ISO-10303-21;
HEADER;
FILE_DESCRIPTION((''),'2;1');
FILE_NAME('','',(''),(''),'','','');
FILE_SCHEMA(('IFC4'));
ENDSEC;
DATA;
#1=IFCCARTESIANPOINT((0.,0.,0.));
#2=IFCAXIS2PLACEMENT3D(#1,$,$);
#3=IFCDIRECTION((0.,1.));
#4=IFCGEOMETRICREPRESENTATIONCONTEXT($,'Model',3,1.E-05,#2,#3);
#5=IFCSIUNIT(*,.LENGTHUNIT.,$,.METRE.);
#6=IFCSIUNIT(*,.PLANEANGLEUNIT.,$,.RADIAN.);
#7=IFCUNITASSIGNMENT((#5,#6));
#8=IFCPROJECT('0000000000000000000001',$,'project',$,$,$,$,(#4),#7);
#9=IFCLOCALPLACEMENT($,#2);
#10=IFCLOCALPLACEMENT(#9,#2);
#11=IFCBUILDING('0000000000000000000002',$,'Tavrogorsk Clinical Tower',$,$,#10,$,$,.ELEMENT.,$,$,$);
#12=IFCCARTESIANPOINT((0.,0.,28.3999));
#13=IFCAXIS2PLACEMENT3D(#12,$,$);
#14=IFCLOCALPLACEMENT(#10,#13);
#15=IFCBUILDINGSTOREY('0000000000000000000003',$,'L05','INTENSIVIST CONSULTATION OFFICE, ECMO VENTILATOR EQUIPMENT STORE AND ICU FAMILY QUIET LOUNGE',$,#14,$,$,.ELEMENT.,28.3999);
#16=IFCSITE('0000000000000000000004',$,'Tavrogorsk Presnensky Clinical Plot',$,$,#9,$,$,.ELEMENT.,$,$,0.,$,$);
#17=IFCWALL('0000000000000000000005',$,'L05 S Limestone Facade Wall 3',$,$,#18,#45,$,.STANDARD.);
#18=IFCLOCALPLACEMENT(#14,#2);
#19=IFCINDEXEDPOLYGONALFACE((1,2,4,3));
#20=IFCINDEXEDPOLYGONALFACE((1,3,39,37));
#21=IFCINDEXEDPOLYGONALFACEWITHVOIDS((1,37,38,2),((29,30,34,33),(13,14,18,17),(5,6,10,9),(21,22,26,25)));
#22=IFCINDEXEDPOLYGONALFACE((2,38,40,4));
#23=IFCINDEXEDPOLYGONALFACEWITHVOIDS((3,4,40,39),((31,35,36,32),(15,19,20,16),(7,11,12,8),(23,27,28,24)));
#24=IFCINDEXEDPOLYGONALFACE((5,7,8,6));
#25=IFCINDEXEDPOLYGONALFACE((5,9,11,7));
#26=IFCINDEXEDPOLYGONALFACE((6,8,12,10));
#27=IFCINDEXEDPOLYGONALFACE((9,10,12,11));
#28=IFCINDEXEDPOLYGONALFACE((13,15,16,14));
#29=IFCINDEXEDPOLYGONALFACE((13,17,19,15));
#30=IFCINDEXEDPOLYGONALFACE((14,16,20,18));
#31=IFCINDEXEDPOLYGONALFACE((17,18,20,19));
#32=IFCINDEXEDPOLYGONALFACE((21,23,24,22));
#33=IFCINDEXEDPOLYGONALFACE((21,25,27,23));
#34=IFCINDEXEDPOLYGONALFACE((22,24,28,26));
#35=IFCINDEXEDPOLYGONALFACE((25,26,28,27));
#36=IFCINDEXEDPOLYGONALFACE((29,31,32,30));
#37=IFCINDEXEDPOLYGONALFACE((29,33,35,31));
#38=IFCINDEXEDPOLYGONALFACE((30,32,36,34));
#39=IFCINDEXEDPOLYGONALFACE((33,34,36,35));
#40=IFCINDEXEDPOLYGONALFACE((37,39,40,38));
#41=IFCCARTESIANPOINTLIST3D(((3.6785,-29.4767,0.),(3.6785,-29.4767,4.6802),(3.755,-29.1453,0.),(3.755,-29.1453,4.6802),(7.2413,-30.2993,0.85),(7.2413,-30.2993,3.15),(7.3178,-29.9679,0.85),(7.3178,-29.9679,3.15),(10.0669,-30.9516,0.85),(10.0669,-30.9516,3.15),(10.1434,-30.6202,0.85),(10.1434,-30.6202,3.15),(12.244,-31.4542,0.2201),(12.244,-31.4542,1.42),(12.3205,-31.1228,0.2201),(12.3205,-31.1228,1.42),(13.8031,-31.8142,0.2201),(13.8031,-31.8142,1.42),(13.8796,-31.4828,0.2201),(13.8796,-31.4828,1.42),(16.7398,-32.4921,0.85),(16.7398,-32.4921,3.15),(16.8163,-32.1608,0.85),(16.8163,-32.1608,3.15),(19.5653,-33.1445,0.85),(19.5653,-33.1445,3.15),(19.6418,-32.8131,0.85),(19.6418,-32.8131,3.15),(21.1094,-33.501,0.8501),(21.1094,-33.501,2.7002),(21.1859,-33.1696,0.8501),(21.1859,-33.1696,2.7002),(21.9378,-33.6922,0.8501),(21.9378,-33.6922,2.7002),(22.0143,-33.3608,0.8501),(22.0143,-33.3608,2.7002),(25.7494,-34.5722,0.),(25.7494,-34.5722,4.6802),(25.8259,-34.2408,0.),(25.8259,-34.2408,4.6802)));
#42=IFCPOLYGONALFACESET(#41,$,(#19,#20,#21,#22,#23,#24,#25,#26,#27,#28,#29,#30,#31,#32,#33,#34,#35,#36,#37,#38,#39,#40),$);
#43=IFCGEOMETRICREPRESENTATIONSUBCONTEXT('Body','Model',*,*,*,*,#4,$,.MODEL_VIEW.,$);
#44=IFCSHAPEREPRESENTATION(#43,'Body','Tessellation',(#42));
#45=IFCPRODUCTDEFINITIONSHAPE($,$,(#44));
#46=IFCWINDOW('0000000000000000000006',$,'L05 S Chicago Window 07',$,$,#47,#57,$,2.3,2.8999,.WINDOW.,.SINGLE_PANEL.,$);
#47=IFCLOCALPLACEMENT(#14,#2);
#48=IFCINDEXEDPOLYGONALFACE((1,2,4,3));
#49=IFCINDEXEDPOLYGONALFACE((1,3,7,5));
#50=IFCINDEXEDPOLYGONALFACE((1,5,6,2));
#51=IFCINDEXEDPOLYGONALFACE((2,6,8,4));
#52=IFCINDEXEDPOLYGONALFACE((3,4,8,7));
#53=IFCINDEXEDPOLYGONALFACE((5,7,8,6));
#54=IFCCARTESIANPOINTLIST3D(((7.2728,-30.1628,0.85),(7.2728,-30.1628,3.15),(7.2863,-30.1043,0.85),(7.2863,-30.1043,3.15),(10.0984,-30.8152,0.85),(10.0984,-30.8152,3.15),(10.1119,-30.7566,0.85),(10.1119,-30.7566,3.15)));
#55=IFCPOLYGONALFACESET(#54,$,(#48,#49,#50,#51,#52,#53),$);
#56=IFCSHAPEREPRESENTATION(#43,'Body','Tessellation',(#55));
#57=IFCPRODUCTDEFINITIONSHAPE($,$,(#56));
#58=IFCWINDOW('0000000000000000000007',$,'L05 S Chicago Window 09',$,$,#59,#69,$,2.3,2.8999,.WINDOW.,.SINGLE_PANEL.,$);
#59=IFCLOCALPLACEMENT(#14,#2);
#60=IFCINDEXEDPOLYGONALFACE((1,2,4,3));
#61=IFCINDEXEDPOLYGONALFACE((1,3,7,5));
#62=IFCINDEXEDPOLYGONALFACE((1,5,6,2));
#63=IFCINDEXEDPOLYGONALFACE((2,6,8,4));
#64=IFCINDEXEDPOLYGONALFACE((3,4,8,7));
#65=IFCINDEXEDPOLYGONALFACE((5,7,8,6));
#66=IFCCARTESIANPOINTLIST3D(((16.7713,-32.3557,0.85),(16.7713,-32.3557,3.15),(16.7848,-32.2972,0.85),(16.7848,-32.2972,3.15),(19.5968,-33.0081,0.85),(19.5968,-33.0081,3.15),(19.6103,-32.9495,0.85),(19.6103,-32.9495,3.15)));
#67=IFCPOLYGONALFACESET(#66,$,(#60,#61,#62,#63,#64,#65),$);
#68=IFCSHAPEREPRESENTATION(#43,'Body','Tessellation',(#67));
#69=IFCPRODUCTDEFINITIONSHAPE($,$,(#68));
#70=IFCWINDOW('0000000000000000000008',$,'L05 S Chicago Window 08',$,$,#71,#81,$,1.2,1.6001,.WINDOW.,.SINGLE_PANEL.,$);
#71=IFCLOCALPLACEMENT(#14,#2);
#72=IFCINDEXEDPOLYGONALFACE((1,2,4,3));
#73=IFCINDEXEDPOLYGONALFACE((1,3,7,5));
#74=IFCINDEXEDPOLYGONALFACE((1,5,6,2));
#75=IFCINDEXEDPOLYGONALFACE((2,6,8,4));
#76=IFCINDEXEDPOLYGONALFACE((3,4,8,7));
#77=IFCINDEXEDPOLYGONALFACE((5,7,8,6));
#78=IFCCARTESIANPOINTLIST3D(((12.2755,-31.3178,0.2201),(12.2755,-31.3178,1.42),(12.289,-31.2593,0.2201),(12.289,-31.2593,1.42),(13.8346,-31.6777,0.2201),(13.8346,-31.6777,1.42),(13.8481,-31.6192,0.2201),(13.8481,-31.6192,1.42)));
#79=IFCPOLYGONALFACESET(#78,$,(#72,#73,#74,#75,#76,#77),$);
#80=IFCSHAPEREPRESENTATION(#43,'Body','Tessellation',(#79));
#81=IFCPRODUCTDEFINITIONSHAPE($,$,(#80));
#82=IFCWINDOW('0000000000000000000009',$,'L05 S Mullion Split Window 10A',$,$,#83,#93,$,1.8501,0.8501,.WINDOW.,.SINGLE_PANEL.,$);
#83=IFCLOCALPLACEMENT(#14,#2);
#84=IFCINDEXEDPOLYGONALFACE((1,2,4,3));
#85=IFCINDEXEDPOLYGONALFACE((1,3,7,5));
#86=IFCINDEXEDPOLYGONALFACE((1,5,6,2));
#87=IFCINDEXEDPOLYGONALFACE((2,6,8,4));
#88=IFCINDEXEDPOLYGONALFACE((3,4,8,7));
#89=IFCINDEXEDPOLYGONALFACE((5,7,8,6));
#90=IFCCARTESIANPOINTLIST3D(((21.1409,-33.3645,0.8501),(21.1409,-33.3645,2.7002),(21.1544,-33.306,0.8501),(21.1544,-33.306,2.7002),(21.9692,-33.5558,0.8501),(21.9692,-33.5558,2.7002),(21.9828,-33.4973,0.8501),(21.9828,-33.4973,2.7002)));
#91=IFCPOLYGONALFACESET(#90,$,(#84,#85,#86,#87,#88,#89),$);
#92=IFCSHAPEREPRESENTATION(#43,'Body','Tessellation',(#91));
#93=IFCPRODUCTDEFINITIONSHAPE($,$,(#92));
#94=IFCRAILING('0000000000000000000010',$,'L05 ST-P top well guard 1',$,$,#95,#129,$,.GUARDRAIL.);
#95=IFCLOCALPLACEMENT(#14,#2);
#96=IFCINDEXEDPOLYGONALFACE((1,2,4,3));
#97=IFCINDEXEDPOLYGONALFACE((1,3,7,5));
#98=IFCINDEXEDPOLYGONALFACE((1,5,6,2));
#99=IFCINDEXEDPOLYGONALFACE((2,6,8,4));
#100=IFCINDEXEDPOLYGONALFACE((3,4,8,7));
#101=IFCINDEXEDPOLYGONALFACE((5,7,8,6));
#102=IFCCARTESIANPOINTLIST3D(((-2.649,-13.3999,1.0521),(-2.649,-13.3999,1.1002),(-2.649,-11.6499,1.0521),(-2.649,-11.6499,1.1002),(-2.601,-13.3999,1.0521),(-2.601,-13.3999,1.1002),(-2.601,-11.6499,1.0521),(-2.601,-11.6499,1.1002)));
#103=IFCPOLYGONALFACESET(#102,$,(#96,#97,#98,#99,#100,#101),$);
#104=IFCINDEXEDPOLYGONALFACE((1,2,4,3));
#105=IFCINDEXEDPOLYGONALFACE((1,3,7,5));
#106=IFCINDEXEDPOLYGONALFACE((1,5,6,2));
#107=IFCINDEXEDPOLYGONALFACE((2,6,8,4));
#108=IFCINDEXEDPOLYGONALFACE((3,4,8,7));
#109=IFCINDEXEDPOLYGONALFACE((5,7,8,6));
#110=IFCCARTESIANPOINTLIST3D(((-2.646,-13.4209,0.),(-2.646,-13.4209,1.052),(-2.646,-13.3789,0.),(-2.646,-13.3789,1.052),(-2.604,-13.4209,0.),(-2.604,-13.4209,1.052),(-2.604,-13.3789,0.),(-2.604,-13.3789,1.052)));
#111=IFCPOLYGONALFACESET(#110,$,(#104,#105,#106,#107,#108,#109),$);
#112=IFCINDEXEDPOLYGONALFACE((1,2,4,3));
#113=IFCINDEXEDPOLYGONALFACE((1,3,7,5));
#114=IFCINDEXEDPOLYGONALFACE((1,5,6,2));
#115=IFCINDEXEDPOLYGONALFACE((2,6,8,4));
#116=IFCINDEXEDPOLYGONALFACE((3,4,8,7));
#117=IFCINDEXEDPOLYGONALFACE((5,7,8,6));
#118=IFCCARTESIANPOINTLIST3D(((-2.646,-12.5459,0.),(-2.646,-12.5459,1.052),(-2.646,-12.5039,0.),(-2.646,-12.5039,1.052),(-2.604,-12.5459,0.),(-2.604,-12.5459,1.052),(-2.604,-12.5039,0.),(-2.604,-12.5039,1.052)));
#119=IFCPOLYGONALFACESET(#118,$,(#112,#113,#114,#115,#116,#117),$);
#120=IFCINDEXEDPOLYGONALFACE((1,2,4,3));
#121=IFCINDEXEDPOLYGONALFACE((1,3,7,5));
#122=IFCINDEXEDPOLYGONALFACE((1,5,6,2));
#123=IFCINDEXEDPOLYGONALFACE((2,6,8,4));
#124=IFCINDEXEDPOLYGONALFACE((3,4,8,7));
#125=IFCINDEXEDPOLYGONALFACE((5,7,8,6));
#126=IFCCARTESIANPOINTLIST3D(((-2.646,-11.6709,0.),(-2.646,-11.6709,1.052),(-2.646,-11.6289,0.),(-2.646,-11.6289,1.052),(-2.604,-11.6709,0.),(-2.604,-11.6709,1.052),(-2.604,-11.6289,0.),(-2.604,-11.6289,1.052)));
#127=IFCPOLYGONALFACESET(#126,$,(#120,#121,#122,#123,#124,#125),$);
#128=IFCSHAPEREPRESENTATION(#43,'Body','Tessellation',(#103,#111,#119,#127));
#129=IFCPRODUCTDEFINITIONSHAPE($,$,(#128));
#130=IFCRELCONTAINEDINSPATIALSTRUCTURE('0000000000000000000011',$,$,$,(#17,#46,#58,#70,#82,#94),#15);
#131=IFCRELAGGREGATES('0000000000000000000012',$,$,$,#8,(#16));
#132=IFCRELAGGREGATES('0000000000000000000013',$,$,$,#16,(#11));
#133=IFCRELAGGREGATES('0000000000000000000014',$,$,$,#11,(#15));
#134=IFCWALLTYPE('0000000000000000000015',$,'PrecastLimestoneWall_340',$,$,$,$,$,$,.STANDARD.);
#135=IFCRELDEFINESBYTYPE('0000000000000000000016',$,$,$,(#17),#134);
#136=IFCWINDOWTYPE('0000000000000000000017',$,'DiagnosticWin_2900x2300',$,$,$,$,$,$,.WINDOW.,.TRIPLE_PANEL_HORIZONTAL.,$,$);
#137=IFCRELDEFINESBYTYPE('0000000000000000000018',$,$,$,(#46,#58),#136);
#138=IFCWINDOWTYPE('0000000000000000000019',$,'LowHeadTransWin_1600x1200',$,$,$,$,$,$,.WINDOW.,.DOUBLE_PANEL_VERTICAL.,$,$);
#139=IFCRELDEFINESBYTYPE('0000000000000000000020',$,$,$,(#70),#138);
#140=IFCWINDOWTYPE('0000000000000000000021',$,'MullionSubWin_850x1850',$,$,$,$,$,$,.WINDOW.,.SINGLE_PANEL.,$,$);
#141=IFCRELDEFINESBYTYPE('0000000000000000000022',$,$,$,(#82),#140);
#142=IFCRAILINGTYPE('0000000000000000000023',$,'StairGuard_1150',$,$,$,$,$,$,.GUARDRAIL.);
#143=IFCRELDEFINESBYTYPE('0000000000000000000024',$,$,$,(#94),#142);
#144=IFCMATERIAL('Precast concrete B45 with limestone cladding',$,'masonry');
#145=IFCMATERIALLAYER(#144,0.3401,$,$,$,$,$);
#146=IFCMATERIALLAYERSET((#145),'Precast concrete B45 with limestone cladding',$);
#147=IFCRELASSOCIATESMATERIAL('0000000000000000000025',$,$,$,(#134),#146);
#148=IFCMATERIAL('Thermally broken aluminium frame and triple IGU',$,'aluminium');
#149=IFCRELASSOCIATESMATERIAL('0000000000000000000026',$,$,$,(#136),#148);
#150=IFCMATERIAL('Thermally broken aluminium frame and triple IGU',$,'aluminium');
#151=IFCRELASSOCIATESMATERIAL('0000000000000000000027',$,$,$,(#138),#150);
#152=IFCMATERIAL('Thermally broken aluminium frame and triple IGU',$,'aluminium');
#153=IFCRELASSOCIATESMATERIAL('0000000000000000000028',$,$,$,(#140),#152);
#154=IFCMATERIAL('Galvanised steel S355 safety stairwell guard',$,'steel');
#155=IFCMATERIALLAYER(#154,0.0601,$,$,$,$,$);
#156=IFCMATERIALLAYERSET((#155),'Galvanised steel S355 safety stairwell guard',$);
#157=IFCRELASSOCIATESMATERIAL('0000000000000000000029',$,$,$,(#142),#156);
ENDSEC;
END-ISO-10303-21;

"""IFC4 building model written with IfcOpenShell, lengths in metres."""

from ifc_helpers import new_model, si_unit, direction, frame, frame_2d, origin, origin_2d, place, context, subcontext, project, spatial, rectangle, extrude, material, layer, layer_set, type_object, element, fill, save


model = new_model("IFC4")

# Units and contexts
model_context = context("Model", 3, precision=1e-05, world=origin(), true_north=direction((0.0, 1.0)))
body_context = subcontext(model_context, "Body", "Model", "MODEL_VIEW")
ifc_project = project(units=[si_unit("LENGTHUNIT", "METRE"), si_unit("PLANEANGLEUNIT", "RADIAN")], contexts=[model_context])

# Site, building, storey
site_placement = place(None, origin())
site = spatial("IfcSite", under=ifc_project, at=site_placement, Name="Tavrogorsk Presnensky Clinical Plot", CompositionType="ELEMENT", RefElevation=0.0)
building_placement = place(site_placement, origin())
building = spatial("IfcBuilding", under=site, at=building_placement, Name="Tavrogorsk Clinical Tower", CompositionType="ELEMENT")
storey_placement = place(building_placement, frame((0.0, 0.0, 28.3999)))
storey = spatial("IfcBuildingStorey", under=building, at=storey_placement, Name="L05", Description="INTENSIVIST CONSULTATION OFFICE, ECMO VENTILATOR EQUIPMENT STORE AND ICU FAMILY QUIET LOUNGE", CompositionType="ELEMENT", Elevation=28.3999)

# Wall, openings, windows
ifc_material_1 = material(Name="Precast concrete B45 with limestone cladding", Category="masonry")
ifc_layer_1 = layer(ifc_material_1, 0.3401)
ifc_layer_set_1 = layer_set([ifc_layer_1], Name="Precast concrete B45 with limestone cladding")
wall_type_1 = type_object("IfcWallType", Name="PrecastLimestoneWall_340", PredefinedType="STANDARD", material=ifc_layer_set_1)
wall_1_placement = place(storey_placement, frame((3.7168, -29.311, 0.0), z_axis=(0.0, 0.0, 1.0), x_axis=(0.97437, -0.224952, 0.0)))
wall_1 = element("IfcWall", 1, at=wall_1_placement, inside=storey, type_object=wall_type_1, Name="L05 S Limestone Facade Wall 3", PredefinedType="STANDARD", context=body_context, shape_type="SweptSolid", body=[
    extrude(rectangle(XDim=22.6514, YDim=0.3401, at=frame_2d((11.3257, 0.0))), origin(), (0.0, 0.0, 1.0), 4.6802),
])
opening_1_placement = place(wall_1_placement, frame((3.6565, 0.0, 0.8501)))
opening_1 = element("IfcOpeningElement", 2, at=opening_1_placement, cuts=wall_1, PredefinedType="OPENING", context=body_context, shape_type="SweptSolid", body=[
    extrude(rectangle(XDim=2.8999, YDim=2.3, at=frame_2d((1.45, 1.1499))), frame((0.0, 0.1799, 0.0), z_axis=(0.0, -1.0, 0.0), x_axis=(1.0, 0.0, 0.0)), (0.0, 0.0, 1.0), 0.3601),
])
opening_2_placement = place(wall_1_placement, frame((8.7908, 0.0, 0.22)))
opening_2 = element("IfcOpeningElement", 3, at=opening_2_placement, cuts=wall_1, PredefinedType="OPENING", context=body_context, shape_type="SweptSolid", body=[
    extrude(rectangle(XDim=1.6001, YDim=1.2, at=frame_2d((0.8, 0.6001))), frame((0.0, 0.1799, 0.0), z_axis=(0.0, -1.0, 0.0), x_axis=(1.0, 0.0, 0.0)), (0.0, 0.0, 1.0), 0.3601),
])
opening_3_placement = place(wall_1_placement, frame((13.4048, 0.0, 0.8501)))
opening_3 = element("IfcOpeningElement", 4, at=opening_3_placement, cuts=wall_1, PredefinedType="OPENING", context=body_context, shape_type="SweptSolid", body=[
    extrude(rectangle(XDim=2.8999, YDim=2.3, at=frame_2d((1.45, 1.1499))), frame((0.0, 0.1799, 0.0), z_axis=(0.0, -1.0, 0.0), x_axis=(1.0, 0.0, 0.0)), (0.0, 0.0, 1.0), 0.3601),
])
opening_4_placement = place(wall_1_placement, frame((17.8894, 0.0, 0.8501)))
opening_4 = element("IfcOpeningElement", 5, at=opening_4_placement, cuts=wall_1, PredefinedType="OPENING", context=body_context, shape_type="SweptSolid", body=[
    extrude(rectangle(XDim=0.8501, YDim=1.8501, at=frame_2d((0.425, 0.925))), frame((0.0, 0.1799, 0.0), z_axis=(0.0, -1.0, 0.0), x_axis=(1.0, 0.0, 0.0)), (0.0, 0.0, 1.0), 0.3601),
])
ifc_material_2 = material(Name="Thermally broken aluminium frame and triple IGU", Category="aluminium")
window_type_1 = type_object("IfcWindowType", Name="DiagnosticWin_2900x2300", PartitioningType="TRIPLE_PANEL_HORIZONTAL", PredefinedType="WINDOW", material=ifc_material_2)
window_1_placement = place(opening_1_placement, origin())
window_1 = element("IfcWindow", 6, at=window_1_placement, inside=storey, type_object=window_type_1, Name="L05 S Chicago Window 07", OverallHeight=2.3, OverallWidth=2.8999, PartitioningType="SINGLE_PANEL", PredefinedType="WINDOW", context=body_context, shape_type="SweptSolid", body=[
    extrude(rectangle(XDim=2.8999, YDim=2.3, at=frame_2d((1.45, 1.1499))), frame((0.0, 0.03, 0.0), z_axis=(0.0, -1.0, 0.0), x_axis=(1.0, 0.0, 0.0)), (0.0, 0.0, 1.0), 0.0601),
])
fill(opening_1, window_1)
window_2_placement = place(opening_3_placement, origin())
window_2 = element("IfcWindow", 7, at=window_2_placement, inside=storey, type_object=window_type_1, Name="L05 S Chicago Window 09", OverallHeight=2.3, OverallWidth=2.8999, PartitioningType="SINGLE_PANEL", PredefinedType="WINDOW", context=body_context, shape_type="SweptSolid", body=[
    extrude(rectangle(XDim=2.8999, YDim=2.3, at=frame_2d((1.45, 1.1499))), frame((0.0, 0.03, 0.0), z_axis=(0.0, -1.0, 0.0), x_axis=(1.0, 0.0, 0.0)), (0.0, 0.0, 1.0), 0.0601),
])
fill(opening_3, window_2)
ifc_material_3 = material(Name="Thermally broken aluminium frame and triple IGU", Category="aluminium")
window_type_2 = type_object("IfcWindowType", Name="LowHeadTransWin_1600x1200", PartitioningType="DOUBLE_PANEL_VERTICAL", PredefinedType="WINDOW", material=ifc_material_3)
window_3_placement = place(opening_2_placement, origin())
window_3 = element("IfcWindow", 8, at=window_3_placement, inside=storey, type_object=window_type_2, Name="L05 S Chicago Window 08", OverallHeight=1.2, OverallWidth=1.6001, PartitioningType="SINGLE_PANEL", PredefinedType="WINDOW", context=body_context, shape_type="SweptSolid", body=[
    extrude(rectangle(XDim=1.6001, YDim=1.2, at=frame_2d((0.8, 0.6001))), frame((0.0, 0.03, 0.0), z_axis=(0.0, -1.0, 0.0), x_axis=(1.0, 0.0, 0.0)), (0.0, 0.0, 1.0), 0.0601),
])
fill(opening_2, window_3)
ifc_material_4 = material(Name="Thermally broken aluminium frame and triple IGU", Category="aluminium")
window_type_3 = type_object("IfcWindowType", Name="MullionSubWin_850x1850", PartitioningType="SINGLE_PANEL", PredefinedType="WINDOW", material=ifc_material_4)
window_4_placement = place(opening_4_placement, origin())
window_4 = element("IfcWindow", 9, at=window_4_placement, inside=storey, type_object=window_type_3, Name="L05 S Mullion Split Window 10A", OverallHeight=1.8501, OverallWidth=0.8501, PartitioningType="SINGLE_PANEL", PredefinedType="WINDOW", context=body_context, shape_type="SweptSolid", body=[
    extrude(rectangle(XDim=0.8501, YDim=1.8501, at=frame_2d((0.425, 0.925))), frame((0.0, 0.03, 0.0), z_axis=(0.0, -1.0, 0.0), x_axis=(1.0, 0.0, 0.0)), (0.0, 0.0, 1.0), 0.0601),
])
fill(opening_4, window_4)

# Railing
ifc_material_5 = material(Name="Galvanised steel S355 safety stairwell guard", Category="steel")
ifc_layer_2 = layer(ifc_material_5, 0.0601)
ifc_layer_set_2 = layer_set([ifc_layer_2], Name="Galvanised steel S355 safety stairwell guard")
railing_type = type_object("IfcRailingType", Name="StairGuard_1150", PredefinedType="GUARDRAIL", material=ifc_layer_set_2)
railing_placement = place(storey_placement, frame((-2.625, -13.3999, 0.0)))
element("IfcRailing", 10, at=railing_placement, inside=storey, type_object=railing_type, Name="L05 ST-P top well guard 1", PredefinedType="GUARDRAIL", context=body_context, shape_type="SweptSolid", body=[
    extrude(rectangle(XDim=0.0481, YDim=0.0481, at=origin_2d()), frame((0.0, 0.0, 1.0762), z_axis=(0.0, 1.0, 0.0), x_axis=(-1.0, 0.0, 0.0)), (0.0, 0.0, 1.0), 1.75),
    extrude(rectangle(XDim=0.042, YDim=0.042, at=origin_2d()), origin(), (0.0, 0.0, 1.0), 1.052),
    extrude(rectangle(XDim=0.042, YDim=0.042, at=origin_2d()), frame((0.0, 0.875, 0.0)), (0.0, 0.0, 1.0), 1.052),
    extrude(rectangle(XDim=0.042, YDim=0.042, at=origin_2d()), frame((0.0, 1.75, 0.0)), (0.0, 0.0, 1.0), 1.052),
])

save(model, "model.ifc")
